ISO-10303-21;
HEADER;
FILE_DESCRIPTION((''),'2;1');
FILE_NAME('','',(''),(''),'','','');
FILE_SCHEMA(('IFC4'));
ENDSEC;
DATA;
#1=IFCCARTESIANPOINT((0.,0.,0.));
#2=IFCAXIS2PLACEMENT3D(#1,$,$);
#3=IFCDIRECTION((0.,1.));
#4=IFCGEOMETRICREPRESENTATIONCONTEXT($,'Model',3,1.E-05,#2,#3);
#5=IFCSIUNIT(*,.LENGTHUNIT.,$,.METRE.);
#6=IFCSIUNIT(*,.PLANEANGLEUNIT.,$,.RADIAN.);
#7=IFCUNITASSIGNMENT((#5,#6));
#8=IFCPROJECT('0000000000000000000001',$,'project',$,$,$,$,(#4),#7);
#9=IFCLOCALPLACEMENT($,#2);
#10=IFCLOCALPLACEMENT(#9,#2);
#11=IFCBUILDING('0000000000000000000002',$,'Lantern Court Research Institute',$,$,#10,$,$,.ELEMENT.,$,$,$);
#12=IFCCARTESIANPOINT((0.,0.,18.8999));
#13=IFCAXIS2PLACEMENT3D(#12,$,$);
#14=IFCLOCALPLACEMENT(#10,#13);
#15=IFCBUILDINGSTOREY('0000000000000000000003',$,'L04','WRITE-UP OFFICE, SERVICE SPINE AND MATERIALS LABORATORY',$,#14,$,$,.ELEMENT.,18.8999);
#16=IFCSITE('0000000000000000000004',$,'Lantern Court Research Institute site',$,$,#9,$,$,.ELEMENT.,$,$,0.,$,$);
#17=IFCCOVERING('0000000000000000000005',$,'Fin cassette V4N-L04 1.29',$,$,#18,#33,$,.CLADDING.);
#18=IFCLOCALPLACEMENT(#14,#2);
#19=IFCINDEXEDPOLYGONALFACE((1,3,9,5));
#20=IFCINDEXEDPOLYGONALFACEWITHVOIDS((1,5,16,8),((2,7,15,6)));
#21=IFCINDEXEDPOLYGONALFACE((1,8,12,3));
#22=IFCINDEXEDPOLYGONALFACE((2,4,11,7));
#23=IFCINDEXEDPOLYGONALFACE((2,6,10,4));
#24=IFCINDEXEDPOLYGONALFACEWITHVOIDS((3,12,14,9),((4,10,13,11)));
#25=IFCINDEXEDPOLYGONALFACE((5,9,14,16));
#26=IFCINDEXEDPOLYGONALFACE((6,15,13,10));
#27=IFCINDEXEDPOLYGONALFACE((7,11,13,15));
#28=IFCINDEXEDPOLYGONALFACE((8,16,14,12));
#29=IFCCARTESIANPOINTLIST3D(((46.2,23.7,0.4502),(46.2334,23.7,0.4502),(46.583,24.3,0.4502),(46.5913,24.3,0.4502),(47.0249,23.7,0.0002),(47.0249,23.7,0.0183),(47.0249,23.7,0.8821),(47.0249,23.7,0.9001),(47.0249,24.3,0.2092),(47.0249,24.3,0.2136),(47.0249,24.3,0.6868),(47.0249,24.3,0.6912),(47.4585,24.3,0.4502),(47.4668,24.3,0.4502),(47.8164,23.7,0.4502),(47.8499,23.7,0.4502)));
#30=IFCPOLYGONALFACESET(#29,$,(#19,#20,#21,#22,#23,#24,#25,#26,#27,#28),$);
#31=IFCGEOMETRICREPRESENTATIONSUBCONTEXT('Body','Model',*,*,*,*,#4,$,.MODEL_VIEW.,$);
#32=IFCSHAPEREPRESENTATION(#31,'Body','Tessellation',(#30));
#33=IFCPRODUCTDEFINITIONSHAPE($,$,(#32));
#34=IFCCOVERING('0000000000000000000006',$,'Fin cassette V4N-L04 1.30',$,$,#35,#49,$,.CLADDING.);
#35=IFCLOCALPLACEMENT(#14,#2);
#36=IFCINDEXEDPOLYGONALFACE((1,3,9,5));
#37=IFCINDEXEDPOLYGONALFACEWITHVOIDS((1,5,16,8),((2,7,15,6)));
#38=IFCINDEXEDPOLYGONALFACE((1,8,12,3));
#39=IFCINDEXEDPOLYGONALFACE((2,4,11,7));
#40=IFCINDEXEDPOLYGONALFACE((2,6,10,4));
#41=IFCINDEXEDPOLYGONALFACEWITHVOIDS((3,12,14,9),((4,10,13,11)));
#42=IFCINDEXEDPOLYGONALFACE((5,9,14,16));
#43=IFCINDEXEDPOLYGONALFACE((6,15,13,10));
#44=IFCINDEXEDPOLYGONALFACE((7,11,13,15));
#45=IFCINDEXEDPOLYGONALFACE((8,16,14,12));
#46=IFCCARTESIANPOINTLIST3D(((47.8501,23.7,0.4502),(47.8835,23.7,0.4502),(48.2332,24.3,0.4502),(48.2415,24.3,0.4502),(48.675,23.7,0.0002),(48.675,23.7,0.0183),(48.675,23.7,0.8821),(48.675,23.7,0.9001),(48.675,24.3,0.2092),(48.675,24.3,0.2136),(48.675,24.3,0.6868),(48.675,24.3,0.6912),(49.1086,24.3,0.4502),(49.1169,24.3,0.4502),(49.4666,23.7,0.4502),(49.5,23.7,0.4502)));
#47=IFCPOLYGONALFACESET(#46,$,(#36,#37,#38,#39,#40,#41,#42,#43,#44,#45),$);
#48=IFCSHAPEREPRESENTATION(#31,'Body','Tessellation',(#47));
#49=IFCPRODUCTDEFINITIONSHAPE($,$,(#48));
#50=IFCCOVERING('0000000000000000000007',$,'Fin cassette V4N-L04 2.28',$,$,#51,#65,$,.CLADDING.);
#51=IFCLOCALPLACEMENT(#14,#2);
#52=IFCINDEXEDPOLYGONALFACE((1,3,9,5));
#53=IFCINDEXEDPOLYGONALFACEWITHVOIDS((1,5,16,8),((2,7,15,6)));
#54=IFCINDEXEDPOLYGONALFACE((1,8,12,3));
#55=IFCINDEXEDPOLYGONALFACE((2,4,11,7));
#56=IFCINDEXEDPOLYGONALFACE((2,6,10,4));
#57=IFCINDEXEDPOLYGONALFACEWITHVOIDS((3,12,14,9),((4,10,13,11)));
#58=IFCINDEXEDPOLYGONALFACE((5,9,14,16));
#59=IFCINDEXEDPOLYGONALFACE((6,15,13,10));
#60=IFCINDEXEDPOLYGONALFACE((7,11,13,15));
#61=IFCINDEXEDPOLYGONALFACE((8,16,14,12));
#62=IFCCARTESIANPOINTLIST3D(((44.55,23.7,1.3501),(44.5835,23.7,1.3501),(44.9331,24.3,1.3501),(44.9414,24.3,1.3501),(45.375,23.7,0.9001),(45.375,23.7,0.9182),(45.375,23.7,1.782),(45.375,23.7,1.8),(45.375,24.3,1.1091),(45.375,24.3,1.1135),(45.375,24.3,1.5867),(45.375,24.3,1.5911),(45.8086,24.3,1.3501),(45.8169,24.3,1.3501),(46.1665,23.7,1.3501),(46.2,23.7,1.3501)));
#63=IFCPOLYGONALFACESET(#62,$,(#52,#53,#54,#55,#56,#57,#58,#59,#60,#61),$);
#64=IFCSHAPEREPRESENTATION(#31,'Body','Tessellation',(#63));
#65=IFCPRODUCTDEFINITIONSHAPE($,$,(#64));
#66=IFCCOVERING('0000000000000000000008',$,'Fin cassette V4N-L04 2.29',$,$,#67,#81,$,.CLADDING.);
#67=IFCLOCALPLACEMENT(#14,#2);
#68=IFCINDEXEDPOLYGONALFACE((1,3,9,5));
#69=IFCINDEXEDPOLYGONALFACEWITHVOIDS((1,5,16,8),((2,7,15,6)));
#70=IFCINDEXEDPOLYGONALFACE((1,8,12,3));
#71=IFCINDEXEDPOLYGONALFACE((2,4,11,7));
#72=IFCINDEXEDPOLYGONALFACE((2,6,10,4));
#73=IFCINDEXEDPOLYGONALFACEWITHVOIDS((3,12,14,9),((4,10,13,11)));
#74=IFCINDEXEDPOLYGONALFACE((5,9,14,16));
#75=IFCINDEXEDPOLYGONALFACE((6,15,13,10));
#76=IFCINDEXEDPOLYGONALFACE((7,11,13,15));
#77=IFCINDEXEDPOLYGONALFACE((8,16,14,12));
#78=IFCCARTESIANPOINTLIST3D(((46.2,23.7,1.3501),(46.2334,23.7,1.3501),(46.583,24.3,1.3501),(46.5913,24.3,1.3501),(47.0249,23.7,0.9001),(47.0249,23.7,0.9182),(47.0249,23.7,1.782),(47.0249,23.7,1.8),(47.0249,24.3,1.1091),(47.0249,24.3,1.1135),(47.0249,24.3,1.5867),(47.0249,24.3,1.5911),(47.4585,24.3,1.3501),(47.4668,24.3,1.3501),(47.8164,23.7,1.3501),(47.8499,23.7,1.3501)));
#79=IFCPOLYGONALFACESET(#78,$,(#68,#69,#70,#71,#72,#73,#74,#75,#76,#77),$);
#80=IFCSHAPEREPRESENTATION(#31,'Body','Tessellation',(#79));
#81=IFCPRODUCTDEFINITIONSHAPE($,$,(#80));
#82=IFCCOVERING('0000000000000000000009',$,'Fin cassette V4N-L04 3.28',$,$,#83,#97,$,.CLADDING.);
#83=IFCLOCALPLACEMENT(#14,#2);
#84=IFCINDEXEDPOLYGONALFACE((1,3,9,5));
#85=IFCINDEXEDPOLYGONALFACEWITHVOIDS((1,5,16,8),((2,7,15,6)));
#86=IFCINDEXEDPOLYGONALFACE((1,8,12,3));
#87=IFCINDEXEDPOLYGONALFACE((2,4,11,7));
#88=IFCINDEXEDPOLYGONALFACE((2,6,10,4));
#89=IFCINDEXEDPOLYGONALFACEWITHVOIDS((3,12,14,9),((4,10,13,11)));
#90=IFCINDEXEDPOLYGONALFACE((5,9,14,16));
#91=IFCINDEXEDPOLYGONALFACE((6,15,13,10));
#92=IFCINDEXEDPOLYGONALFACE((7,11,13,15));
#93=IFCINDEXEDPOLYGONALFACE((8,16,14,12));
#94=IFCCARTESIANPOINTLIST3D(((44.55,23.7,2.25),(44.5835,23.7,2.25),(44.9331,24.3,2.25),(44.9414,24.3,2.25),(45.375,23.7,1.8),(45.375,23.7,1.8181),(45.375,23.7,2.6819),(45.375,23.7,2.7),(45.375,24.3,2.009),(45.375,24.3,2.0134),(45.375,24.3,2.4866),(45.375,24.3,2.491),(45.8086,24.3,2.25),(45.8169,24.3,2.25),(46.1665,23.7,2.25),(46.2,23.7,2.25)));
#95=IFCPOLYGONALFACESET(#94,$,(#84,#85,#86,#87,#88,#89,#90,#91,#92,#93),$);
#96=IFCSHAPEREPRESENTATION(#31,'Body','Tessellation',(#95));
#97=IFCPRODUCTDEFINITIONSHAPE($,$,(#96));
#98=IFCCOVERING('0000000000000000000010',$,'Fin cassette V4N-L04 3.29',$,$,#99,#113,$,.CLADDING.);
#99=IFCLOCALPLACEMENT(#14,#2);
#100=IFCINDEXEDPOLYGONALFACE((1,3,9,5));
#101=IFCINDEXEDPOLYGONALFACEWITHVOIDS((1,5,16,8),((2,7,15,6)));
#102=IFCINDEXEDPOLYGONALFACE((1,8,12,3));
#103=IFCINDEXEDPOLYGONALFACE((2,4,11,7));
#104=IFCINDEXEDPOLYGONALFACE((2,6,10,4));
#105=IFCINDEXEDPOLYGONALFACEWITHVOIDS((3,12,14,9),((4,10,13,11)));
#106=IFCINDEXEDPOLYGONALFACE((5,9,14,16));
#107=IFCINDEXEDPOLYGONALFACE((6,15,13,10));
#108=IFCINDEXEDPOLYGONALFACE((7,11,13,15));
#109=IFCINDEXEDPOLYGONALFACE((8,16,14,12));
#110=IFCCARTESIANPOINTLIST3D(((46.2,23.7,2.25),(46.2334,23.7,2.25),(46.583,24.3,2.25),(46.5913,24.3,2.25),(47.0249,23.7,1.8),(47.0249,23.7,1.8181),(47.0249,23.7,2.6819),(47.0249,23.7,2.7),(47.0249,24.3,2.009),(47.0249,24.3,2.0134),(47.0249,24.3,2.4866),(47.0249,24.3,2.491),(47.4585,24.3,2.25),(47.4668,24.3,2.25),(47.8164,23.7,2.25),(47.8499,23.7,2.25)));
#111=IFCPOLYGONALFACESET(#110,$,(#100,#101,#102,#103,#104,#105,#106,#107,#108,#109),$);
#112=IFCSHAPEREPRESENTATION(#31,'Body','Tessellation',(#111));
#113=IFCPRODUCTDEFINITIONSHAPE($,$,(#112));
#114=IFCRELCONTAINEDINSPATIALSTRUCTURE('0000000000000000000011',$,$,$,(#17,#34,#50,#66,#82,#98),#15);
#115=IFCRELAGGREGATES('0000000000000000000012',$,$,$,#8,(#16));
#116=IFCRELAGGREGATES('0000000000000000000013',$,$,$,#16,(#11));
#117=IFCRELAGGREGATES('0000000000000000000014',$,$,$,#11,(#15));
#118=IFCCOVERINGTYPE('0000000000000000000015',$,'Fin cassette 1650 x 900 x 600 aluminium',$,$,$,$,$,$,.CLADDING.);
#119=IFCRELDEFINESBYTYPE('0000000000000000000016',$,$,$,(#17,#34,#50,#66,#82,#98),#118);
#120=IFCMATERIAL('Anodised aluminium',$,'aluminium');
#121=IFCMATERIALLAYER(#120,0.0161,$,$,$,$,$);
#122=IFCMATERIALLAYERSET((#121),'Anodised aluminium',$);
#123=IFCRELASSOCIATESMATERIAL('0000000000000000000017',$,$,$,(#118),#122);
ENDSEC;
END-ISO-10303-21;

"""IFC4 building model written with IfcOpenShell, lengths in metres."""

from ifc_helpers import new_model, entity, si_unit, direction, frame, origin, place, context, subcontext, project, spatial, material, layer, layer_set, type_object, element, save


model = new_model("IFC4")

# Units and contexts
model_context = context("Model", 3, precision=1e-05, world=origin(), true_north=direction((0.0, 1.0)))
body_context = subcontext(model_context, "Body", "Model", "MODEL_VIEW")
ifc_project = project(units=[si_unit("LENGTHUNIT", "METRE"), si_unit("PLANEANGLEUNIT", "RADIAN")], contexts=[model_context])

# Site, building, storey
site_placement = place(None, origin())
site = spatial("IfcSite", under=ifc_project, at=site_placement, Name="Lantern Court Research Institute site", CompositionType="ELEMENT", RefElevation=0.0)
building_placement = place(site_placement, origin())
building = spatial("IfcBuilding", under=site, at=building_placement, Name="Lantern Court Research Institute", CompositionType="ELEMENT")
storey_placement = place(building_placement, frame((0.0, 0.0, 18.8999)))
storey = spatial("IfcBuildingStorey", under=building, at=storey_placement, Name="L04", Description="WRITE-UP OFFICE, SERVICE SPINE AND MATERIALS LABORATORY", CompositionType="ELEMENT", Elevation=18.8999)

# Coverings
ifc_material_1 = material(Name="Anodised aluminium", Category="aluminium")
ifc_layer_1 = layer(ifc_material_1, 0.0161)
ifc_layer_set_1 = layer_set([ifc_layer_1], Name="Anodised aluminium")
covering_type_1 = type_object("IfcCoveringType", Name="Fin cassette 1650 x 900 x 600 aluminium", PredefinedType="CLADDING", material=ifc_layer_set_1)
covering_1_placement = place(storey_placement, frame((47.0249, 23.7, 0.4502), z_axis=(0.0, 1.0, 0.0), x_axis=(-1.0, 0.0, 0.0)))
cartesian_point_1 = entity("IfcCartesianPoint", [0.825, 0.0])
cartesian_point_2 = entity("IfcCartesianPoint", [0.7915, 0.0])
cartesian_point_3 = entity("IfcCartesianPoint", [0.4419, 0.0])
cartesian_point_4 = entity("IfcCartesianPoint", [0.4336, 0.0])
element("IfcCovering", 1, at=covering_1_placement, inside=storey, type_object=covering_type_1, Name="Fin cassette V4N-L04 1.29", PredefinedType="CLADDING", context=body_context, shape_type="SweptSolid", body=[
    entity("IfcExtrudedAreaSolidTapered", entity("IfcArbitraryProfileDefWithVoids", "AREA", None, entity("IfcPolyline", [cartesian_point_1, entity("IfcCartesianPoint", [0.0, 0.45]), entity("IfcCartesianPoint", [-0.825, 0.0]), entity("IfcCartesianPoint", [0.0, -0.45]), cartesian_point_1]), [entity("IfcPolyline", [cartesian_point_2, entity("IfcCartesianPoint", [0.0, 0.4319]), entity("IfcCartesianPoint", [-0.7915, 0.0]), entity("IfcCartesianPoint", [0.0, -0.4319]), cartesian_point_2])]), entity("IfcAxis2Placement3D", entity("IfcCartesianPoint", [0.0, 0.0, 0.0])), entity("IfcDirection", [0.0, 0.0, 1.0]), 0.6001, entity("IfcArbitraryProfileDefWithVoids", "AREA", None, entity("IfcPolyline", [cartesian_point_3, entity("IfcCartesianPoint", [0.0, 0.241]), entity("IfcCartesianPoint", [-0.4419, 0.0]), entity("IfcCartesianPoint", [0.0, -0.241]), cartesian_point_3]), [entity("IfcPolyline", [cartesian_point_4, entity("IfcCartesianPoint", [0.0, 0.2366]), entity("IfcCartesianPoint", [-0.4336, 0.0]), entity("IfcCartesianPoint", [0.0, -0.2366]), cartesian_point_4])])),
])
covering_2_placement = place(storey_placement, frame((48.675, 23.7, 0.4502), z_axis=(0.0, 1.0, 0.0), x_axis=(-1.0, 0.0, 0.0)))
cartesian_point_5 = entity("IfcCartesianPoint", [0.825, 0.0])
cartesian_point_6 = entity("IfcCartesianPoint", [0.7915, 0.0])
cartesian_point_7 = entity("IfcCartesianPoint", [0.4419, 0.0])
cartesian_point_8 = entity("IfcCartesianPoint", [0.4336, 0.0])
element("IfcCovering", 2, at=covering_2_placement, inside=storey, type_object=covering_type_1, Name="Fin cassette V4N-L04 1.30", PredefinedType="CLADDING", context=body_context, shape_type="SweptSolid", body=[
    entity("IfcExtrudedAreaSolidTapered", entity("IfcArbitraryProfileDefWithVoids", "AREA", None, entity("IfcPolyline", [cartesian_point_5, entity("IfcCartesianPoint", [0.0, 0.45]), entity("IfcCartesianPoint", [-0.825, 0.0]), entity("IfcCartesianPoint", [0.0, -0.45]), cartesian_point_5]), [entity("IfcPolyline", [cartesian_point_6, entity("IfcCartesianPoint", [0.0, 0.4319]), entity("IfcCartesianPoint", [-0.7915, 0.0]), entity("IfcCartesianPoint", [0.0, -0.4319]), cartesian_point_6])]), entity("IfcAxis2Placement3D", entity("IfcCartesianPoint", [0.0, 0.0, 0.0])), entity("IfcDirection", [0.0, 0.0, 1.0]), 0.6001, entity("IfcArbitraryProfileDefWithVoids", "AREA", None, entity("IfcPolyline", [cartesian_point_7, entity("IfcCartesianPoint", [0.0, 0.241]), entity("IfcCartesianPoint", [-0.4419, 0.0]), entity("IfcCartesianPoint", [0.0, -0.241]), cartesian_point_7]), [entity("IfcPolyline", [cartesian_point_8, entity("IfcCartesianPoint", [0.0, 0.2366]), entity("IfcCartesianPoint", [-0.4336, 0.0]), entity("IfcCartesianPoint", [0.0, -0.2366]), cartesian_point_8])])),
])
covering_3_placement = place(storey_placement, frame((45.375, 23.7, 1.3501), z_axis=(0.0, 1.0, 0.0), x_axis=(-1.0, 0.0, 0.0)))
cartesian_point_9 = entity("IfcCartesianPoint", [0.825, 0.0])
cartesian_point_10 = entity("IfcCartesianPoint", [0.7915, 0.0])
cartesian_point_11 = entity("IfcCartesianPoint", [0.4419, 0.0])
cartesian_point_12 = entity("IfcCartesianPoint", [0.4336, 0.0])
element("IfcCovering", 3, at=covering_3_placement, inside=storey, type_object=covering_type_1, Name="Fin cassette V4N-L04 2.28", PredefinedType="CLADDING", context=body_context, shape_type="SweptSolid", body=[
    entity("IfcExtrudedAreaSolidTapered", entity("IfcArbitraryProfileDefWithVoids", "AREA", None, entity("IfcPolyline", [cartesian_point_9, entity("IfcCartesianPoint", [0.0, 0.45]), entity("IfcCartesianPoint", [-0.825, 0.0]), entity("IfcCartesianPoint", [0.0, -0.45]), cartesian_point_9]), [entity("IfcPolyline", [cartesian_point_10, entity("IfcCartesianPoint", [0.0, 0.4319]), entity("IfcCartesianPoint", [-0.7915, 0.0]), entity("IfcCartesianPoint", [0.0, -0.4319]), cartesian_point_10])]), entity("IfcAxis2Placement3D", entity("IfcCartesianPoint", [0.0, 0.0, 0.0])), entity("IfcDirection", [0.0, 0.0, 1.0]), 0.6001, entity("IfcArbitraryProfileDefWithVoids", "AREA", None, entity("IfcPolyline", [cartesian_point_11, entity("IfcCartesianPoint", [0.0, 0.241]), entity("IfcCartesianPoint", [-0.4419, 0.0]), entity("IfcCartesianPoint", [0.0, -0.241]), cartesian_point_11]), [entity("IfcPolyline", [cartesian_point_12, entity("IfcCartesianPoint", [0.0, 0.2366]), entity("IfcCartesianPoint", [-0.4336, 0.0]), entity("IfcCartesianPoint", [0.0, -0.2366]), cartesian_point_12])])),
])
covering_4_placement = place(storey_placement, frame((47.0249, 23.7, 1.3501), z_axis=(0.0, 1.0, 0.0), x_axis=(-1.0, 0.0, 0.0)))
cartesian_point_13 = entity("IfcCartesianPoint", [0.825, 0.0])
cartesian_point_14 = entity("IfcCartesianPoint", [0.7915, 0.0])
cartesian_point_15 = entity("IfcCartesianPoint", [0.4419, 0.0])
cartesian_point_16 = entity("IfcCartesianPoint", [0.4336, 0.0])
element("IfcCovering", 4, at=covering_4_placement, inside=storey, type_object=covering_type_1, Name="Fin cassette V4N-L04 2.29", PredefinedType="CLADDING", context=body_context, shape_type="SweptSolid", body=[
    entity("IfcExtrudedAreaSolidTapered", entity("IfcArbitraryProfileDefWithVoids", "AREA", None, entity("IfcPolyline", [cartesian_point_13, entity("IfcCartesianPoint", [0.0, 0.45]), entity("IfcCartesianPoint", [-0.825, 0.0]), entity("IfcCartesianPoint", [0.0, -0.45]), cartesian_point_13]), [entity("IfcPolyline", [cartesian_point_14, entity("IfcCartesianPoint", [0.0, 0.4319]), entity("IfcCartesianPoint", [-0.7915, 0.0]), entity("IfcCartesianPoint", [0.0, -0.4319]), cartesian_point_14])]), entity("IfcAxis2Placement3D", entity("IfcCartesianPoint", [0.0, 0.0, 0.0])), entity("IfcDirection", [0.0, 0.0, 1.0]), 0.6001, entity("IfcArbitraryProfileDefWithVoids", "AREA", None, entity("IfcPolyline", [cartesian_point_15, entity("IfcCartesianPoint", [0.0, 0.241]), entity("IfcCartesianPoint", [-0.4419, 0.0]), entity("IfcCartesianPoint", [0.0, -0.241]), cartesian_point_15]), [entity("IfcPolyline", [cartesian_point_16, entity("IfcCartesianPoint", [0.0, 0.2366]), entity("IfcCartesianPoint", [-0.4336, 0.0]), entity("IfcCartesianPoint", [0.0, -0.2366]), cartesian_point_16])])),
])
covering_5_placement = place(storey_placement, frame((45.375, 23.7, 2.25), z_axis=(0.0, 1.0, 0.0), x_axis=(-1.0, 0.0, 0.0)))
cartesian_point_17 = entity("IfcCartesianPoint", [0.825, 0.0])
cartesian_point_18 = entity("IfcCartesianPoint", [0.7915, 0.0])
cartesian_point_19 = entity("IfcCartesianPoint", [0.4419, 0.0])
cartesian_point_20 = entity("IfcCartesianPoint", [0.4336, 0.0])
element("IfcCovering", 5, at=covering_5_placement, inside=storey, type_object=covering_type_1, Name="Fin cassette V4N-L04 3.28", PredefinedType="CLADDING", context=body_context, shape_type="SweptSolid", body=[
    entity("IfcExtrudedAreaSolidTapered", entity("IfcArbitraryProfileDefWithVoids", "AREA", None, entity("IfcPolyline", [cartesian_point_17, entity("IfcCartesianPoint", [0.0, 0.45]), entity("IfcCartesianPoint", [-0.825, 0.0]), entity("IfcCartesianPoint", [0.0, -0.45]), cartesian_point_17]), [entity("IfcPolyline", [cartesian_point_18, entity("IfcCartesianPoint", [0.0, 0.4319]), entity("IfcCartesianPoint", [-0.7915, 0.0]), entity("IfcCartesianPoint", [0.0, -0.4319]), cartesian_point_18])]), entity("IfcAxis2Placement3D", entity("IfcCartesianPoint", [0.0, 0.0, 0.0])), entity("IfcDirection", [0.0, 0.0, 1.0]), 0.6001, entity("IfcArbitraryProfileDefWithVoids", "AREA", None, entity("IfcPolyline", [cartesian_point_19, entity("IfcCartesianPoint", [0.0, 0.241]), entity("IfcCartesianPoint", [-0.4419, 0.0]), entity("IfcCartesianPoint", [0.0, -0.241]), cartesian_point_19]), [entity("IfcPolyline", [cartesian_point_20, entity("IfcCartesianPoint", [0.0, 0.2366]), entity("IfcCartesianPoint", [-0.4336, 0.0]), entity("IfcCartesianPoint", [0.0, -0.2366]), cartesian_point_20])])),
])
covering_6_placement = place(storey_placement, frame((47.0249, 23.7, 2.25), z_axis=(0.0, 1.0, 0.0), x_axis=(-1.0, 0.0, 0.0)))
cartesian_point_21 = entity("IfcCartesianPoint", [0.825, 0.0])
cartesian_point_22 = entity("IfcCartesianPoint", [0.7915, 0.0])
cartesian_point_23 = entity("IfcCartesianPoint", [0.4419, 0.0])
cartesian_point_24 = entity("IfcCartesianPoint", [0.4336, 0.0])
element("IfcCovering", 6, at=covering_6_placement, inside=storey, type_object=covering_type_1, Name="Fin cassette V4N-L04 3.29", PredefinedType="CLADDING", context=body_context, shape_type="SweptSolid", body=[
    entity("IfcExtrudedAreaSolidTapered", entity("IfcArbitraryProfileDefWithVoids", "AREA", None, entity("IfcPolyline", [cartesian_point_21, entity("IfcCartesianPoint", [0.0, 0.45]), entity("IfcCartesianPoint", [-0.825, 0.0]), entity("IfcCartesianPoint", [0.0, -0.45]), cartesian_point_21]), [entity("IfcPolyline", [cartesian_point_22, entity("IfcCartesianPoint", [0.0, 0.4319]), entity("IfcCartesianPoint", [-0.7915, 0.0]), entity("IfcCartesianPoint", [0.0, -0.4319]), cartesian_point_22])]), entity("IfcAxis2Placement3D", entity("IfcCartesianPoint", [0.0, 0.0, 0.0])), entity("IfcDirection", [0.0, 0.0, 1.0]), 0.6001, entity("IfcArbitraryProfileDefWithVoids", "AREA", None, entity("IfcPolyline", [cartesian_point_23, entity("IfcCartesianPoint", [0.0, 0.241]), entity("IfcCartesianPoint", [-0.4419, 0.0]), entity("IfcCartesianPoint", [0.0, -0.241]), cartesian_point_23]), [entity("IfcPolyline", [cartesian_point_24, entity("IfcCartesianPoint", [0.0, 0.2366]), entity("IfcCartesianPoint", [-0.4336, 0.0]), entity("IfcCartesianPoint", [0.0, -0.2366]), cartesian_point_24])])),
])

save(model, "model.ifc")
